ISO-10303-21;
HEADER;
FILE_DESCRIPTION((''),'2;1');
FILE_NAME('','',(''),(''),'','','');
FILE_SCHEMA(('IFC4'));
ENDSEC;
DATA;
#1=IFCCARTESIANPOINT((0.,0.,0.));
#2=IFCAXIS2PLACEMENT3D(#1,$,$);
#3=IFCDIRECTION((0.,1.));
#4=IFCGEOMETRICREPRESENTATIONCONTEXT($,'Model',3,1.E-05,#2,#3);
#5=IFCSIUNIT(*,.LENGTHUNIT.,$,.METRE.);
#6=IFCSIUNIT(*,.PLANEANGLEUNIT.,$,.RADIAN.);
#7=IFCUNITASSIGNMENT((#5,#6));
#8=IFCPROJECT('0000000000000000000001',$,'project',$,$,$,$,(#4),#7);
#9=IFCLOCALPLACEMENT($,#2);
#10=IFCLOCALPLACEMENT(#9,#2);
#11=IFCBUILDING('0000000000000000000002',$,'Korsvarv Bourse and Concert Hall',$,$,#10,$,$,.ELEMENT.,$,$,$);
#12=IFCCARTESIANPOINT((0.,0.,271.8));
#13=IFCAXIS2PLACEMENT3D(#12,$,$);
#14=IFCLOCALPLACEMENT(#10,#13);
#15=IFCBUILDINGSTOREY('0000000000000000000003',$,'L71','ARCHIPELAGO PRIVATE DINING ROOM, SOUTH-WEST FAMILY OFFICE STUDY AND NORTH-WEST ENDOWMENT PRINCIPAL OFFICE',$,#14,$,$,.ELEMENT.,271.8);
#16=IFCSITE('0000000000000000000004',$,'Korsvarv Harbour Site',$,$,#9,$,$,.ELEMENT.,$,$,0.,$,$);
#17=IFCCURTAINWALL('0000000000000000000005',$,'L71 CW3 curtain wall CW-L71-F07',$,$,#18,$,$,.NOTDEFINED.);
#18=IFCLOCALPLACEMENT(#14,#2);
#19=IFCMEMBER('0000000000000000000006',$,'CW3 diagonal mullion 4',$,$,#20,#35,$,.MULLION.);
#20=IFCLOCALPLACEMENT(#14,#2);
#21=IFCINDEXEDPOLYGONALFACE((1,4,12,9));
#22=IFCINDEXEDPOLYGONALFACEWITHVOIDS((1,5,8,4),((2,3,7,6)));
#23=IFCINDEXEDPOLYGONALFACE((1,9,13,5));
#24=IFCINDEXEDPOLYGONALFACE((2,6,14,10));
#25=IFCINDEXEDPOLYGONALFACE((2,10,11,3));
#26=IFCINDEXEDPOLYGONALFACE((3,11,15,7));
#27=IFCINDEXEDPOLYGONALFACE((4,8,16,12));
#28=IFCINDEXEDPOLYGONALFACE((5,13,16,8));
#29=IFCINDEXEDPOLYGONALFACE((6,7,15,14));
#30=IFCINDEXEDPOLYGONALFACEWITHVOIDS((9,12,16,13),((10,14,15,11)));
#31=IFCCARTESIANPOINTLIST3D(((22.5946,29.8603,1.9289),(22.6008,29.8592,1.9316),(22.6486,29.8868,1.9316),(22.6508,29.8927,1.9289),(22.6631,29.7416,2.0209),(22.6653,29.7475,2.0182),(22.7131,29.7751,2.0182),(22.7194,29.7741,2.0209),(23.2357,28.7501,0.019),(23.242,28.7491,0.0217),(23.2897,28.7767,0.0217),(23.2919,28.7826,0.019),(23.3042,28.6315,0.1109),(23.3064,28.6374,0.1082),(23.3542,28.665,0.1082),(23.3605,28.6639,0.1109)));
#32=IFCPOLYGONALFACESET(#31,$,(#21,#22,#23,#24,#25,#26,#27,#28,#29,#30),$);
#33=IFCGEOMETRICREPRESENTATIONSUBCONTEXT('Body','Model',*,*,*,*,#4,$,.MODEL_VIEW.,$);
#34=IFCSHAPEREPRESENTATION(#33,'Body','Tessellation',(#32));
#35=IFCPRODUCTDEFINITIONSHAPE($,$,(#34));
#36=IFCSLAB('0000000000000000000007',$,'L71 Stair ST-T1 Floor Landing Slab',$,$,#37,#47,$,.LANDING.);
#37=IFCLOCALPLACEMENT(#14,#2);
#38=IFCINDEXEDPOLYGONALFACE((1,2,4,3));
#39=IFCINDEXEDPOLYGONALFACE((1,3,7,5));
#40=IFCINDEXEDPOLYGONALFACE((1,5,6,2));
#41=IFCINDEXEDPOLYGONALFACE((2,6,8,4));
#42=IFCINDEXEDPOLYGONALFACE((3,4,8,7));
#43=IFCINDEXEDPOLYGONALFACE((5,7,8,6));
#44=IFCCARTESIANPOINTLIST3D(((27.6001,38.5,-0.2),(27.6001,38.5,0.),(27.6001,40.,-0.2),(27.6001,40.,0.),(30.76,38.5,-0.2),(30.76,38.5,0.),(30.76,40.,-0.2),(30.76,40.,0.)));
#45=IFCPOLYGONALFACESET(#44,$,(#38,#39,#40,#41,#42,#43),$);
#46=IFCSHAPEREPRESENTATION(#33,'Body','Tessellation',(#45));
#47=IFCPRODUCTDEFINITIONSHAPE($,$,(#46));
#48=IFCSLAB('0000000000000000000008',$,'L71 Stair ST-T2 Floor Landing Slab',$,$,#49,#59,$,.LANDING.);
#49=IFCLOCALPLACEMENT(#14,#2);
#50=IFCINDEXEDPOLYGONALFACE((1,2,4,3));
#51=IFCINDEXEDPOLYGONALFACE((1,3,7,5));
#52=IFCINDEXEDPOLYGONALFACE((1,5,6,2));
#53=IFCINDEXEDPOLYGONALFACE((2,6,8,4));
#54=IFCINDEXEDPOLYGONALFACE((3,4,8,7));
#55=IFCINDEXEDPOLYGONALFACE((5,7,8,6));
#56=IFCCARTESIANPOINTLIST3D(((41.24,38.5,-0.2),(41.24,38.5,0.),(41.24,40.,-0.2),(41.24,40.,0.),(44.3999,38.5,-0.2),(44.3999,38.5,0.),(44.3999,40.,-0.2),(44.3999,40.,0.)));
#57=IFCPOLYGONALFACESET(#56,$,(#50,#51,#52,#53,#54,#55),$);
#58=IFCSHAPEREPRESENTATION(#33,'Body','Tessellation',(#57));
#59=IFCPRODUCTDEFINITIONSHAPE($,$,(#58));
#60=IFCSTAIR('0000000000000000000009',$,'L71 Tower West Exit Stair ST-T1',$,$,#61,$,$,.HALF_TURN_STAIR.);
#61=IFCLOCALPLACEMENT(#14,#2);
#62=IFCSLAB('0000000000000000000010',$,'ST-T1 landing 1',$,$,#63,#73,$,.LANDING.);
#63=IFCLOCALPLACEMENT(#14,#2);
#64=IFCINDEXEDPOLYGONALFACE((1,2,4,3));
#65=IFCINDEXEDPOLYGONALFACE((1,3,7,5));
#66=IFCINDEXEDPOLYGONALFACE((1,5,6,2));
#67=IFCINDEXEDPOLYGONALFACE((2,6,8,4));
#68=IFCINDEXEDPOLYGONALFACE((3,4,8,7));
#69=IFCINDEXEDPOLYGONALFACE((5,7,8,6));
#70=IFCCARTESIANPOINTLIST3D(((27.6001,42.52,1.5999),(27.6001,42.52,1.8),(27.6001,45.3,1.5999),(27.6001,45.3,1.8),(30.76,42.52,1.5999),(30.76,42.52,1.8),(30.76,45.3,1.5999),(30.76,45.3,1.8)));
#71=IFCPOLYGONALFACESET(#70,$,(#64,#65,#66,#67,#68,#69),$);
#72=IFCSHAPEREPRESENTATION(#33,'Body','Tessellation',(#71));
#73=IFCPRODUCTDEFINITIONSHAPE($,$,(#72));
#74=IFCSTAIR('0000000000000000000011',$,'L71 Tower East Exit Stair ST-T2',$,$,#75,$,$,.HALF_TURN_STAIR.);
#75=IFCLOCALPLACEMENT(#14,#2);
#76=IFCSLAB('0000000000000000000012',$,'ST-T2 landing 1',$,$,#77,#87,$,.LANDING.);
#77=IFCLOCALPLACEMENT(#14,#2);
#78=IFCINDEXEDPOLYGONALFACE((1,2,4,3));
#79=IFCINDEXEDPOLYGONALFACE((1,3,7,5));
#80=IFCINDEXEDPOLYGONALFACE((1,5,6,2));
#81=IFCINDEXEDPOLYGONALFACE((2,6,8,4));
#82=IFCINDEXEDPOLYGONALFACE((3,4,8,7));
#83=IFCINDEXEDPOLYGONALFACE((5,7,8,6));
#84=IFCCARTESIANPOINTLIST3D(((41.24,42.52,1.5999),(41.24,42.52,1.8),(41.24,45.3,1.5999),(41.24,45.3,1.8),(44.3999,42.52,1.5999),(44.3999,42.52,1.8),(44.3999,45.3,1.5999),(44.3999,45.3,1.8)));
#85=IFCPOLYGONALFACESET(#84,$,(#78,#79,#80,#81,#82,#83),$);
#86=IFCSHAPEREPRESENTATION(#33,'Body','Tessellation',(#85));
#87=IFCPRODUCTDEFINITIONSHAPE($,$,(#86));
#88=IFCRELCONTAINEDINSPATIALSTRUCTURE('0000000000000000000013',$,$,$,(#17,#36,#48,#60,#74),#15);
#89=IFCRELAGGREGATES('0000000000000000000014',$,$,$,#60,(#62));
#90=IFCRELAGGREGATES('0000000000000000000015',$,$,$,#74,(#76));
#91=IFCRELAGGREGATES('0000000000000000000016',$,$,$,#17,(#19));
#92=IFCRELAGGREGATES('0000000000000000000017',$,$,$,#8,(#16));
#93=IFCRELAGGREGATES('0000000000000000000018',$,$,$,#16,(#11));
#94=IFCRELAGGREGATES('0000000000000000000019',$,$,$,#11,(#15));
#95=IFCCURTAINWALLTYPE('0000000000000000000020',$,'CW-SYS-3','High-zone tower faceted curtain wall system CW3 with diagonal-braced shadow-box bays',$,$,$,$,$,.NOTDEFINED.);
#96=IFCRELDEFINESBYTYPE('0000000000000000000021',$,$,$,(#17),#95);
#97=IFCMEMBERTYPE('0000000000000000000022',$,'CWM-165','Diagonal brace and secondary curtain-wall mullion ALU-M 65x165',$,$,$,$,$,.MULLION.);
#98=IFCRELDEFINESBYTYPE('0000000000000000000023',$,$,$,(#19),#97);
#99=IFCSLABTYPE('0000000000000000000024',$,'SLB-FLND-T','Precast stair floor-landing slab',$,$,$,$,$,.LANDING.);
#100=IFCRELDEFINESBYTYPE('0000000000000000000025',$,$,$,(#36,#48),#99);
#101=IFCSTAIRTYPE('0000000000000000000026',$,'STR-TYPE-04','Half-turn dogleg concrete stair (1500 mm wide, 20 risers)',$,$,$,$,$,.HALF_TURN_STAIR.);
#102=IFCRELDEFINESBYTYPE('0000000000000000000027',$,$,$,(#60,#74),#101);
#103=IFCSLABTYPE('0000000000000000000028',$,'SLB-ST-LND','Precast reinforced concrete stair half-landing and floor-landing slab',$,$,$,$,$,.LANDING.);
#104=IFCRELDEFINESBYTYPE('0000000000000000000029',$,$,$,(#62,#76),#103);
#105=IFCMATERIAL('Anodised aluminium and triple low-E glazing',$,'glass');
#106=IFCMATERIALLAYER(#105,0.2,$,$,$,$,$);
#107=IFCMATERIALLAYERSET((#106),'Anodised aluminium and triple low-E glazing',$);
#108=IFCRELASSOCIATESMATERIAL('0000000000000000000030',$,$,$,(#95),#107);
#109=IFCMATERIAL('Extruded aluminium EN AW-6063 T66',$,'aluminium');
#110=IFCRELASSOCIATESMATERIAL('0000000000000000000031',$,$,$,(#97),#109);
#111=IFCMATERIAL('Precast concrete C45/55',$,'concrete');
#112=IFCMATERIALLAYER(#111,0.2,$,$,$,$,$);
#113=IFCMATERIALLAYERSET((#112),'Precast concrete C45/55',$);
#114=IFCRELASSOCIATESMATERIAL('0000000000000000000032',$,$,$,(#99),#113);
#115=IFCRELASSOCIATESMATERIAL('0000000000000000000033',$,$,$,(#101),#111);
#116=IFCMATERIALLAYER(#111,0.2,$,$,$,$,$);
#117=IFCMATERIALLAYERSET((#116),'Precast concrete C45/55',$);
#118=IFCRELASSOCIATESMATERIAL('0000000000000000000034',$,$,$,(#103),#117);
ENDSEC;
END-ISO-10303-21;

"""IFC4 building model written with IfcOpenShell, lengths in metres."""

from ifc_helpers import new_model, si_unit, direction, frame, origin, origin_2d, place, context, subcontext, project, spatial, polyline, hollow_rectangle, outline, extrude, source, transform, mapped, material, layer, layer_set, material_profile, profile_set, type_object, element, aggregate, save


model = new_model("IFC4")

# Units and contexts
model_context = context("Model", 3, precision=1e-05, world=origin(), true_north=direction((0.0, 1.0)))
body_context = subcontext(model_context, "Body", "Model", "MODEL_VIEW")
ifc_project = project(units=[si_unit("LENGTHUNIT", "METRE"), si_unit("PLANEANGLEUNIT", "RADIAN")], contexts=[model_context])

# Site, building, storey
site_placement = place(None, origin())
site = spatial("IfcSite", under=ifc_project, at=site_placement, Name="Korsvarv Harbour Site", CompositionType="ELEMENT", RefElevation=0.0)
building_placement = place(site_placement, origin())
building = spatial("IfcBuilding", under=site, at=building_placement, Name="Korsvarv Bourse and Concert Hall", CompositionType="ELEMENT")
storey_placement = place(building_placement, frame((0.0, 0.0, 271.8)))
storey = spatial("IfcBuildingStorey", under=building, at=storey_placement, Name="L71", Description="ARCHIPELAGO PRIVATE DINING ROOM, SOUTH-WEST FAMILY OFFICE STUDY AND NORTH-WEST ENDOWMENT PRINCIPAL OFFICE", CompositionType="ELEMENT", Elevation=271.8)

# Curtain wall, member
ifc_material_1 = material(Name="Anodised aluminium and triple low-E glazing", Category="glass")
ifc_layer_1 = layer(ifc_material_1, 0.2)
ifc_layer_set_1 = layer_set([ifc_layer_1], Name="Anodised aluminium and triple low-E glazing")
curtain_wall_type = type_object("IfcCurtainWallType", Name="CW-SYS-3", Description="High-zone tower faceted curtain wall system CW3 with diagonal-braced shadow-box bays", PredefinedType="NOTDEFINED", material=ifc_layer_set_1)
curtain_wall_placement = place(storey_placement, origin())
curtain_wall = element("IfcCurtainWall", 1, at=curtain_wall_placement, inside=storey, type_object=curtain_wall_type, Name="L71 CW3 curtain wall CW-L71-F07", PredefinedType="NOTDEFINED")
ifc_material_2 = material(Name="Extruded aluminium EN AW-6063 T66", Category="aluminium")
ifc_material_profile_1 = material_profile(ifc_material_2, hollow_rectangle(XDim=0.0649, YDim=0.165, WallThickness=0.0049, at=origin_2d()), Name="ALU-M 65x165")
ifc_profile_set_1 = profile_set([ifc_material_profile_1], Name="Extruded aluminium EN AW-6063 T66")
member_type_1 = type_object("IfcMemberType", Name="CWM-165", Description="Diagonal brace and secondary curtain-wall mullion ALU-M 65x165", PredefinedType="MULLION", material=ifc_profile_set_1)
shared_shape_1 = source(origin(), body_context, "Body", "SweptSolid", [
    extrude(hollow_rectangle(XDim=0.0649, YDim=0.165, WallThickness=0.0049, at=origin_2d()), origin(), (0.0, 0.0, 1.0), 2.3003),
])
member_1_placement = place(storey_placement, frame((23.2981, 28.707, 0.0649), z_axis=(-0.278715, 0.482604, 0.830308), x_axis=(-0.86596, -0.500113, 0.0)))
member_1 = element("IfcMember", 2, at=member_1_placement, type_object=member_type_1, Name="CW3 diagonal mullion 4", PredefinedType="MULLION", context=body_context, shape_type="MappedRepresentation", body=[
    mapped(shared_shape_1, transform((0.0, 0.0, 0.0), scale=1.0)),
])

# Slabs
ifc_material_3 = material(Name="Precast concrete C45/55", Category="concrete")
ifc_layer_2 = layer(ifc_material_3, 0.2)
ifc_layer_set_2 = layer_set([ifc_layer_2], Name="Precast concrete C45/55")
slab_type_1 = type_object("IfcSlabType", Name="SLB-FLND-T", Description="Precast stair floor-landing slab", PredefinedType="LANDING", material=ifc_layer_set_2)
slab_1_placement = place(storey_placement, frame((0.0, 0.0, -0.2)))
element("IfcSlab", 3, at=slab_1_placement, inside=storey, type_object=slab_type_1, Name="L71 Stair ST-T1 Floor Landing Slab", PredefinedType="LANDING", context=body_context, shape_type="SweptSolid", body=[
    extrude(outline(polyline([(30.76, 38.5), (30.76, 40.0), (27.6001, 40.0), (27.6001, 38.5), (30.76, 38.5)])), origin(), (0.0, 0.0, 1.0), 0.2),
])
slab_2_placement = place(storey_placement, frame((0.0, 0.0, -0.2)))
element("IfcSlab", 4, at=slab_2_placement, inside=storey, type_object=slab_type_1, Name="L71 Stair ST-T2 Floor Landing Slab", PredefinedType="LANDING", context=body_context, shape_type="SweptSolid", body=[
    extrude(outline(polyline([(44.3999, 38.5), (44.3999, 40.0), (41.24, 40.0), (41.24, 38.5), (44.3999, 38.5)])), origin(), (0.0, 0.0, 1.0), 0.2),
])

# Stairs, slabs
stair_type = type_object("IfcStairType", Name="STR-TYPE-04", Description="Half-turn dogleg concrete stair (1500 mm wide, 20 risers)", PredefinedType="HALF_TURN_STAIR", material=ifc_material_3)
stair_1_placement = place(storey_placement, origin())
stair_1 = element("IfcStair", 5, at=stair_1_placement, inside=storey, type_object=stair_type, Name="L71 Tower West Exit Stair ST-T1", PredefinedType="HALF_TURN_STAIR")
ifc_layer_3 = layer(ifc_material_3, 0.2)
ifc_layer_set_3 = layer_set([ifc_layer_3], Name="Precast concrete C45/55")
slab_type_2 = type_object("IfcSlabType", Name="SLB-ST-LND", Description="Precast reinforced concrete stair half-landing and floor-landing slab", PredefinedType="LANDING", material=ifc_layer_set_3)
slab_3_placement = place(storey_placement, frame((0.0, 0.0, 1.5999)))
slab_3 = element("IfcSlab", 6, at=slab_3_placement, type_object=slab_type_2, Name="ST-T1 landing 1", PredefinedType="LANDING", context=body_context, shape_type="SweptSolid", body=[
    extrude(outline(polyline([(30.76, 42.52), (30.76, 45.3), (27.6001, 45.3), (27.6001, 42.52), (30.76, 42.52)])), origin(), (0.0, 0.0, 1.0), 0.2002),
])
aggregate(stair_1, [slab_3])
stair_2_placement = place(storey_placement, origin())
stair_2 = element("IfcStair", 7, at=stair_2_placement, inside=storey, type_object=stair_type, Name="L71 Tower East Exit Stair ST-T2", PredefinedType="HALF_TURN_STAIR")
slab_4_placement = place(storey_placement, frame((0.0, 0.0, 1.5999)))
slab_4 = element("IfcSlab", 8, at=slab_4_placement, type_object=slab_type_2, Name="ST-T2 landing 1", PredefinedType="LANDING", context=body_context, shape_type="SweptSolid", body=[
    extrude(outline(polyline([(44.3999, 42.52), (44.3999, 45.3), (41.24, 45.3), (41.24, 42.52), (44.3999, 42.52)])), origin(), (0.0, 0.0, 1.0), 0.2002),
])
aggregate(stair_2, [slab_4])

aggregate(curtain_wall, [member_1])

save(model, "model.ifc")
